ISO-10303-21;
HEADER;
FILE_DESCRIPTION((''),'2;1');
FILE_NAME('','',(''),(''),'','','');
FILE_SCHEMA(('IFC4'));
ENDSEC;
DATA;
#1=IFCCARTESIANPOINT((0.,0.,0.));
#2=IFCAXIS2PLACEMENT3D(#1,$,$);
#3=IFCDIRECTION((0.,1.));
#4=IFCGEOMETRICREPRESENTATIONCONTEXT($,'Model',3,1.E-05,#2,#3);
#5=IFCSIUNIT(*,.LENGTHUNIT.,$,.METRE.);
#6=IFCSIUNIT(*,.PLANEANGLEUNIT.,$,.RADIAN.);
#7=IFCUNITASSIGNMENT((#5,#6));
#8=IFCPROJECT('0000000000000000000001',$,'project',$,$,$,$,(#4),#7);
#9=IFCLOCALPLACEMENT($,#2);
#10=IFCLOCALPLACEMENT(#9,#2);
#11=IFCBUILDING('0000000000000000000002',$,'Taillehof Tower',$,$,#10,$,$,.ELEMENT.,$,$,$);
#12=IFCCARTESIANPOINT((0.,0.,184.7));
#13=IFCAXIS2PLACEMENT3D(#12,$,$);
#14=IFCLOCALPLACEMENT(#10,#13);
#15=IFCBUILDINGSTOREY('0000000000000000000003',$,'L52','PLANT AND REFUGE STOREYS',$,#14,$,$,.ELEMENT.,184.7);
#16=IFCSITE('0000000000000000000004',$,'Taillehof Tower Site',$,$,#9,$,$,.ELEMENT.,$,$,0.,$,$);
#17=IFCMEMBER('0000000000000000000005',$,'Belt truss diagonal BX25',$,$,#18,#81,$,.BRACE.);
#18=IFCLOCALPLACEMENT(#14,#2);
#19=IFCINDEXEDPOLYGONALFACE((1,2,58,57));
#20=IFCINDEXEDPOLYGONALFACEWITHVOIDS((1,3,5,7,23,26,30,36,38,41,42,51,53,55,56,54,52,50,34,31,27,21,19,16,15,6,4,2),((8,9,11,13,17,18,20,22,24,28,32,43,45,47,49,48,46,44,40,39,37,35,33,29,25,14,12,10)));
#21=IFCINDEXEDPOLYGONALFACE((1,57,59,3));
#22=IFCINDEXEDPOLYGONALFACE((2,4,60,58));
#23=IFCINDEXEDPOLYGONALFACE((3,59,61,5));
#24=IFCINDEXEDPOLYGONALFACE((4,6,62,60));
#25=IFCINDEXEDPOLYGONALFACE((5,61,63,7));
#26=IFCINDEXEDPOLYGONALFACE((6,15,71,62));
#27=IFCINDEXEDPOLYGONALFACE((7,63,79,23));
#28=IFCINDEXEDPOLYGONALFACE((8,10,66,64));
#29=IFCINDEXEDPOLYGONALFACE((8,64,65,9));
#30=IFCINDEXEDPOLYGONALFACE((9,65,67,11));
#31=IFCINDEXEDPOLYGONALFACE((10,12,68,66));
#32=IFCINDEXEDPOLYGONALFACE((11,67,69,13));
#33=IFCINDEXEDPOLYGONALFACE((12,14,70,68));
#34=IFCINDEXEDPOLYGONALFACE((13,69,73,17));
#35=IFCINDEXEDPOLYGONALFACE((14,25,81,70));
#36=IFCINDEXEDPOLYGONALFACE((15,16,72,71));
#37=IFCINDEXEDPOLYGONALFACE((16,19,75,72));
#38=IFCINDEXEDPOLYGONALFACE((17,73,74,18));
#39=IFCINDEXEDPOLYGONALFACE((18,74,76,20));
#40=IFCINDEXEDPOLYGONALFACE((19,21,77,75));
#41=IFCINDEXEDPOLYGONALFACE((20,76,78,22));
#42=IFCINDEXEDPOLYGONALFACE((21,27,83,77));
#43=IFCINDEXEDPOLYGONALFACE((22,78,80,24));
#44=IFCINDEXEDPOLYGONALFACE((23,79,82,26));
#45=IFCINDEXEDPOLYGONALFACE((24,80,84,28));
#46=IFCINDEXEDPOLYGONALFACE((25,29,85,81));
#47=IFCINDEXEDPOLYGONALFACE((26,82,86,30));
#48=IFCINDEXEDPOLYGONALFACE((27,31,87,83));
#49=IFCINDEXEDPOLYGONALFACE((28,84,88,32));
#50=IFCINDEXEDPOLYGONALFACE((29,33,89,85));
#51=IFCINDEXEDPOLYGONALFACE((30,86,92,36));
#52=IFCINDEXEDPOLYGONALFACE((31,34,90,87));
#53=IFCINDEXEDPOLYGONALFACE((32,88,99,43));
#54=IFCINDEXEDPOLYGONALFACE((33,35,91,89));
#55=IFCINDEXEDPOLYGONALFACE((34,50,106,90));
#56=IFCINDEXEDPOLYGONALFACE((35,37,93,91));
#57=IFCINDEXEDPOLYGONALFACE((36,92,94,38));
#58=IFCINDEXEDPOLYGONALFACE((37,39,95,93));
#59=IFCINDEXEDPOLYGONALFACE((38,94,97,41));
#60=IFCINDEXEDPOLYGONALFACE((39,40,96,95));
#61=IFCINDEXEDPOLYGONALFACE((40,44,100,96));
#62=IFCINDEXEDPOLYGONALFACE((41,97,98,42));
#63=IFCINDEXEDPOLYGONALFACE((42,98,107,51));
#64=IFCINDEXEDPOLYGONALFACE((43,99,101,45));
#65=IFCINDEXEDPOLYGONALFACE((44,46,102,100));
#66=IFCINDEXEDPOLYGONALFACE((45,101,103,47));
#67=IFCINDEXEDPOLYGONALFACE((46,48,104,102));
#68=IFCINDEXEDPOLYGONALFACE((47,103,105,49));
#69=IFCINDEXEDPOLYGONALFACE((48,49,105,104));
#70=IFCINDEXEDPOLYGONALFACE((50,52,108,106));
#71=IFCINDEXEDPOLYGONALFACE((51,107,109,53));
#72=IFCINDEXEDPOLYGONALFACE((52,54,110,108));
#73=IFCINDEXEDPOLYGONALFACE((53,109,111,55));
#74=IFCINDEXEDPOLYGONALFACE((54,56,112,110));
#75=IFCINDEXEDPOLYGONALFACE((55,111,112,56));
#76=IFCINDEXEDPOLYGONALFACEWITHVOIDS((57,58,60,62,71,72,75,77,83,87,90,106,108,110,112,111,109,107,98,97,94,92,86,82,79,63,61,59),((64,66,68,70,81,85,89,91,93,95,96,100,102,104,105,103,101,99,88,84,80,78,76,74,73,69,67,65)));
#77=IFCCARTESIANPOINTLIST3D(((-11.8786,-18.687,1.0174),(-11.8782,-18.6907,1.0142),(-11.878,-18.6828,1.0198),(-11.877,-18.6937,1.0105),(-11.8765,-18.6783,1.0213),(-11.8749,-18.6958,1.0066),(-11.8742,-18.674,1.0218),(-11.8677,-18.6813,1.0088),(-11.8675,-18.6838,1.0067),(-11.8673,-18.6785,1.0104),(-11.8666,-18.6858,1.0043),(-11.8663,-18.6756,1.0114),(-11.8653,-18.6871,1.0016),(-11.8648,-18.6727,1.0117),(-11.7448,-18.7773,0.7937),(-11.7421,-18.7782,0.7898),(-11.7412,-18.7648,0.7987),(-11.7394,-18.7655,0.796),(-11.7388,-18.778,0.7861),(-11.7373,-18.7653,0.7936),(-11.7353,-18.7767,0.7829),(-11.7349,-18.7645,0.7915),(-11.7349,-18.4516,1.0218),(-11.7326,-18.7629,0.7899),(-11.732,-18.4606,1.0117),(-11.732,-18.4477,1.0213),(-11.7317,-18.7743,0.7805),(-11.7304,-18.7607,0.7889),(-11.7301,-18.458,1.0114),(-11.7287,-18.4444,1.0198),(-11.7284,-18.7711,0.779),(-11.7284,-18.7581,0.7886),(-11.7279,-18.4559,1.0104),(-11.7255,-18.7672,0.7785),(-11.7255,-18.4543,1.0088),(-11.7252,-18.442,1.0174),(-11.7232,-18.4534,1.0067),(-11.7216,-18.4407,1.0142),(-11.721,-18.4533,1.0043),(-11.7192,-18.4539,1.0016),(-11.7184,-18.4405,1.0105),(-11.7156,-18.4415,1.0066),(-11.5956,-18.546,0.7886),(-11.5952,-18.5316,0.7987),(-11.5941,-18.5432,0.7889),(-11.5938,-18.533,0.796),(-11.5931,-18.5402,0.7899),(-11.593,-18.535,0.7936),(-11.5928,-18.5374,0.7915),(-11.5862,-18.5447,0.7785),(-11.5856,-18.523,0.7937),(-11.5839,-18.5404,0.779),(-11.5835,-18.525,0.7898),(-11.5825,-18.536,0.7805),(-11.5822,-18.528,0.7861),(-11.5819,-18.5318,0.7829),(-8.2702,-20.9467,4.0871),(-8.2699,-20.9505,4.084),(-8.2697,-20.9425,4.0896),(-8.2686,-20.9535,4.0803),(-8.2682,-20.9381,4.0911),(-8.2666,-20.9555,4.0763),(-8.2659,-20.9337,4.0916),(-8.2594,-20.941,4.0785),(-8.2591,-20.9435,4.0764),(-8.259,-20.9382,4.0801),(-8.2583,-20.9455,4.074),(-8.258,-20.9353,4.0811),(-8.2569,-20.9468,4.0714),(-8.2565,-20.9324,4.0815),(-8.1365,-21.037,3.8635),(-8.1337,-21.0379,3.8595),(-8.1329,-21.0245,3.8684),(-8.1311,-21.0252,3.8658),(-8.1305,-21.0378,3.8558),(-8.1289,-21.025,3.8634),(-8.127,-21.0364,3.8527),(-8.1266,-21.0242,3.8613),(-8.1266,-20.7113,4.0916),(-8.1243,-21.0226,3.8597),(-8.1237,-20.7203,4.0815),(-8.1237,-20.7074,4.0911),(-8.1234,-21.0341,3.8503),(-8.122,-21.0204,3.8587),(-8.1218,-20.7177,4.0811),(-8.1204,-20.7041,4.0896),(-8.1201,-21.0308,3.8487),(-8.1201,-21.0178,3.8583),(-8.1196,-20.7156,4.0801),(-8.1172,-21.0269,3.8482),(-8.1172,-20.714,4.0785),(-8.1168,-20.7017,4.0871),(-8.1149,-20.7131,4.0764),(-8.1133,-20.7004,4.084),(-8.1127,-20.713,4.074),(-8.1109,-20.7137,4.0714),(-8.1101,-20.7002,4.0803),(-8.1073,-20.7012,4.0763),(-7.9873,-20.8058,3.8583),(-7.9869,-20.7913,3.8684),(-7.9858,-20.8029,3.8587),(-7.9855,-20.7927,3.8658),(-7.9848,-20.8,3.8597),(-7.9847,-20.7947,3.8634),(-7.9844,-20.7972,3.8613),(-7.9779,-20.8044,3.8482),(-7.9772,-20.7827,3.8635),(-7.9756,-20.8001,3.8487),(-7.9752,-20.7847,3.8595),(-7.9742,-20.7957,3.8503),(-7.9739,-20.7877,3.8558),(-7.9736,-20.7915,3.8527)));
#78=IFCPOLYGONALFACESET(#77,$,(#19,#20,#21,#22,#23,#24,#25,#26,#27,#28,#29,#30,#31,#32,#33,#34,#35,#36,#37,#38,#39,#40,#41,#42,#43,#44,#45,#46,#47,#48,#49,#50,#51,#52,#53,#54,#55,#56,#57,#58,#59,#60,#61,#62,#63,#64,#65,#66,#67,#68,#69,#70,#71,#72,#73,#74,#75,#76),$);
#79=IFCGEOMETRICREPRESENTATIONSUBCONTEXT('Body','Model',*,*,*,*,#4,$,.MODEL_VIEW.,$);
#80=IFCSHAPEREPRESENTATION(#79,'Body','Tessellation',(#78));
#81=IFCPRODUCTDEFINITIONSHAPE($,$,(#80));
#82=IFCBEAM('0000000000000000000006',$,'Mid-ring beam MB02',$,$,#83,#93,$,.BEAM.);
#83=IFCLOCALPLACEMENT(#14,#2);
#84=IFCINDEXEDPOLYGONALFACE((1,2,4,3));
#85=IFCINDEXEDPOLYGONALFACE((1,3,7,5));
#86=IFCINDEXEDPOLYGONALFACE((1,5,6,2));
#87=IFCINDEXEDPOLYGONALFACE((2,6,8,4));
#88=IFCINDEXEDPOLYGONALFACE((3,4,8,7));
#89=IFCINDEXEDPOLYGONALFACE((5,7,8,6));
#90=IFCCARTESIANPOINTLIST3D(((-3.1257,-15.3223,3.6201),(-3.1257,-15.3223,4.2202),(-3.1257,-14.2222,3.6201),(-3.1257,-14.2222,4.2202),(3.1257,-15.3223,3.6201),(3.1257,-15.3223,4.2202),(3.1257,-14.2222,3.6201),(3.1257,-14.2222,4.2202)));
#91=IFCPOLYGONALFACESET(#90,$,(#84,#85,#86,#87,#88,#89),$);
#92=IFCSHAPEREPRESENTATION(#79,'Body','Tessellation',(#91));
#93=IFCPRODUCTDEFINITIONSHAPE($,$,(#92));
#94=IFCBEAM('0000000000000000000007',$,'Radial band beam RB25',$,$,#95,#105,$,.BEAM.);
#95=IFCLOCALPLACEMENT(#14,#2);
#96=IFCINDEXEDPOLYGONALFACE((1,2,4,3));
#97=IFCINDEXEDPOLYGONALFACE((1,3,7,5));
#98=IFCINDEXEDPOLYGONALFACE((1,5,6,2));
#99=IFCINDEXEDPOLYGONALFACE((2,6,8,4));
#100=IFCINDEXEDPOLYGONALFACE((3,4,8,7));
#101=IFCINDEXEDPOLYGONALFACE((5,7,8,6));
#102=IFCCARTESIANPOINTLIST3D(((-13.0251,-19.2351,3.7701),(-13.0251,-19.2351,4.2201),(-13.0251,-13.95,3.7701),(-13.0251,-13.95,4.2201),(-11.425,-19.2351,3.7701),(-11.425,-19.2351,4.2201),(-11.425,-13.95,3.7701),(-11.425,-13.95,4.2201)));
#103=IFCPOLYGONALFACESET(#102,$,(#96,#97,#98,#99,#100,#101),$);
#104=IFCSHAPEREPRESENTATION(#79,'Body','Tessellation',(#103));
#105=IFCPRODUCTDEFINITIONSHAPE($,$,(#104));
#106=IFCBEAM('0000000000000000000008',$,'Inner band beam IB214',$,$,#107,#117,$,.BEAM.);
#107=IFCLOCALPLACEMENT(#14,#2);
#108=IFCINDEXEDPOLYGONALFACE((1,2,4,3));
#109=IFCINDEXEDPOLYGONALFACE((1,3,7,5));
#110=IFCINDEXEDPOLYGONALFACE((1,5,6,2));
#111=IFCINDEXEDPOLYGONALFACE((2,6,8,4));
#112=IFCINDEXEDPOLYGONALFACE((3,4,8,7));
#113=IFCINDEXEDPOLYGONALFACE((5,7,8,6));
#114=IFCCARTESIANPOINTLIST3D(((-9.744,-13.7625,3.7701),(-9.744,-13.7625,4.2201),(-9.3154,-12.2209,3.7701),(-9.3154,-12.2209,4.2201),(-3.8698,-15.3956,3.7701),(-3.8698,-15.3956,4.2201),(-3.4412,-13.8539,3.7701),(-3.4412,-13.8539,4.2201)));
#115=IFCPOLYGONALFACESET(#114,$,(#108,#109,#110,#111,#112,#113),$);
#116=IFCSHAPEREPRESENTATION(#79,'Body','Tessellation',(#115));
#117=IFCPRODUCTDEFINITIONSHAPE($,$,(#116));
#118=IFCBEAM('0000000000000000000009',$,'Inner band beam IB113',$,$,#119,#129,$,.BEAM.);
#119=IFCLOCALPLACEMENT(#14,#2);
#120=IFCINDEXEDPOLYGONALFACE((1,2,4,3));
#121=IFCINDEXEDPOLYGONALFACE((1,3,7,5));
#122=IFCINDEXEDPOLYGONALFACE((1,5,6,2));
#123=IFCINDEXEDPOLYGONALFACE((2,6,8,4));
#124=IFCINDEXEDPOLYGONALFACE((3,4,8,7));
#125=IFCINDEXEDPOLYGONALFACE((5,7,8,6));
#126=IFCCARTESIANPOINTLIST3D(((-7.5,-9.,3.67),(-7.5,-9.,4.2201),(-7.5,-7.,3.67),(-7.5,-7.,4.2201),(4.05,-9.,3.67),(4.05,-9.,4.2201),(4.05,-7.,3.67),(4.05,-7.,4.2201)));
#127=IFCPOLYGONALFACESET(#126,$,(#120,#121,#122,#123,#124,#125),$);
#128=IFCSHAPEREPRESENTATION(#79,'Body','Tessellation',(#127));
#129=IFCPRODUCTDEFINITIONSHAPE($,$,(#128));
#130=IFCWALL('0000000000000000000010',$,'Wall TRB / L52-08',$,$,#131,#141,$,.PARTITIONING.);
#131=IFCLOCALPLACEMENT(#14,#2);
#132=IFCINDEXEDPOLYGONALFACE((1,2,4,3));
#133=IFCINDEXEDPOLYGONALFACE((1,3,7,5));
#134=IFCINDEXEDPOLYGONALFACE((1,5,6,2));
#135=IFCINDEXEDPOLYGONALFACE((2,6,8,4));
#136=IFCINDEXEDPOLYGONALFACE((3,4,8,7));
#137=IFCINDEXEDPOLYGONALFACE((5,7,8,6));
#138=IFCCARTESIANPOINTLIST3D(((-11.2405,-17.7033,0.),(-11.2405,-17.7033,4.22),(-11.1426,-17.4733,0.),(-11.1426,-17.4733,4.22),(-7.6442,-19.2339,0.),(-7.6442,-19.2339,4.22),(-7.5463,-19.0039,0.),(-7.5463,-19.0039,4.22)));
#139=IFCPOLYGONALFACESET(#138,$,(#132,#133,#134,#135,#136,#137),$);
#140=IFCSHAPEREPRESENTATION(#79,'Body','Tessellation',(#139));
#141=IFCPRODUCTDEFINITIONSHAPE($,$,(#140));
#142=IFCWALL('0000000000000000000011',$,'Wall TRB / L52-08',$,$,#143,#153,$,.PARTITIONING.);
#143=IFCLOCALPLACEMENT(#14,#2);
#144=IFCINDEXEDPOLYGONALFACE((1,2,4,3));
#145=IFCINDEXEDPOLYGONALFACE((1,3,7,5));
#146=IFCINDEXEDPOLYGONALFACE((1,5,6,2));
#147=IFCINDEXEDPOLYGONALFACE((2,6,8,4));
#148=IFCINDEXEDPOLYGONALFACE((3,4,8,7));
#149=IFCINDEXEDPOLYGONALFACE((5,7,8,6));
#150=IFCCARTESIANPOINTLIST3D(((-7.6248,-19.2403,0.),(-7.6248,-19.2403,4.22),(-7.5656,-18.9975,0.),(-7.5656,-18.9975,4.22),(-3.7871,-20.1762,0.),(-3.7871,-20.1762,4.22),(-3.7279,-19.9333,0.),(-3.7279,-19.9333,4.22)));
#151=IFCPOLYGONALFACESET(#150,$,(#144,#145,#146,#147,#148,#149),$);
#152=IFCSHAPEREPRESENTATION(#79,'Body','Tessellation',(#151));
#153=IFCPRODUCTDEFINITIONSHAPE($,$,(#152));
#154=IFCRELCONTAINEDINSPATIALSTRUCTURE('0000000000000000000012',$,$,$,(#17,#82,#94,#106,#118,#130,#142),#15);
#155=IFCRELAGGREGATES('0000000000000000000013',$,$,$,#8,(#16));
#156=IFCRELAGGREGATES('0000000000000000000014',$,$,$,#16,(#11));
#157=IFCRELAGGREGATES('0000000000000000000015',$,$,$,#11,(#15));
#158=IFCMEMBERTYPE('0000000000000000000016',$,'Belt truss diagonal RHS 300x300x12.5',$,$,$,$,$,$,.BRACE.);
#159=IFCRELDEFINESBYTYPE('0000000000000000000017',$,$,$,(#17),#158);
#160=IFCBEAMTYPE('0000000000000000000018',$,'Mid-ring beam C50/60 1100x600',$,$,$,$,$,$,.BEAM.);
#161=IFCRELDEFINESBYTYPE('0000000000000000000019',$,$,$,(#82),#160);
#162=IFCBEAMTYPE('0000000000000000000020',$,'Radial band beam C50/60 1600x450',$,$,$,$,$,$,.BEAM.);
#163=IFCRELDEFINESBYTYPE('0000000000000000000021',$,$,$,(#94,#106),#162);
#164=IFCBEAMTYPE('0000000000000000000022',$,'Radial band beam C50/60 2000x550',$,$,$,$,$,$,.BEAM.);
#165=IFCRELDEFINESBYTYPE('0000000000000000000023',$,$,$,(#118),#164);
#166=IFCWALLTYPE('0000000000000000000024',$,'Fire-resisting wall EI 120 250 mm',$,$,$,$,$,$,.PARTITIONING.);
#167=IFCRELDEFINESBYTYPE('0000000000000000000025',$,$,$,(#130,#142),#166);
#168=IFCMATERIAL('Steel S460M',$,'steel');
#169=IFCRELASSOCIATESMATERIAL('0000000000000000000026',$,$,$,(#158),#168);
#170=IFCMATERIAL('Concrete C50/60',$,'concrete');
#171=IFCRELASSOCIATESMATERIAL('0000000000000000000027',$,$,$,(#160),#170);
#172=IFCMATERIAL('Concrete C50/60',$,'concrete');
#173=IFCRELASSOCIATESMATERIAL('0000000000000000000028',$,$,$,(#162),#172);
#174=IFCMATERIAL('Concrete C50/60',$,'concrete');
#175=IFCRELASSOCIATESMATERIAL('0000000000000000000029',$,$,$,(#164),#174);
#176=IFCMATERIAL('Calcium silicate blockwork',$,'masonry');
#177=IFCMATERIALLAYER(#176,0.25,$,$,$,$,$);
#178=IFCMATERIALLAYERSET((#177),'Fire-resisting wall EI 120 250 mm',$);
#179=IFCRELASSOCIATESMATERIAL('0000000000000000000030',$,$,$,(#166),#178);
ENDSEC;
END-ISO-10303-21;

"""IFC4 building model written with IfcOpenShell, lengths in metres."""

from ifc_helpers import new_model, si_unit, direction, frame, frame_2d, origin, origin_2d, place, context, subcontext, project, spatial, rectangle, hollow_rectangle, extrude, material, layer, layer_set, material_profile, profile_set, type_object, element, save


model = new_model("IFC4")

# Units and contexts
model_context = context("Model", 3, precision=1e-05, world=origin(), true_north=direction((0.0, 1.0)))
body_context = subcontext(model_context, "Body", "Model", "MODEL_VIEW")
ifc_project = project(units=[si_unit("LENGTHUNIT", "METRE"), si_unit("PLANEANGLEUNIT", "RADIAN")], contexts=[model_context])

# Site, building, storey
site_placement = place(None, origin())
site = spatial("IfcSite", under=ifc_project, at=site_placement, Name="Taillehof Tower Site", CompositionType="ELEMENT", RefElevation=0.0)
building_placement = place(site_placement, origin())
building = spatial("IfcBuilding", under=site, at=building_placement, Name="Taillehof Tower", CompositionType="ELEMENT")
storey_placement = place(building_placement, frame((0.0, 0.0, 184.7)))
storey = spatial("IfcBuildingStorey", under=building, at=storey_placement, Name="L52", Description="PLANT AND REFUGE STOREYS", CompositionType="ELEMENT", Elevation=184.7)

# Member
ifc_material_1 = material(Name="Steel S460M", Category="steel")
ifc_material_profile_1 = material_profile(ifc_material_1, hollow_rectangle(XDim=0.3, YDim=0.3, WallThickness=0.0125, InnerFilletRadius=0.0125, OuterFilletRadius=0.0188, at=origin_2d()), Name="RHS 300x300x12.5")
ifc_profile_set_1 = profile_set([ifc_material_profile_1], Name="Steel S460M")
member_type_1 = type_object("IfcMemberType", Name="Belt truss diagonal RHS 300x300x12.5", PredefinedType="BRACE", material=ifc_profile_set_1)
member_1_placement = place(storey_placement, frame((-11.7302, -18.6094, 0.9001), z_axis=(0.687459, -0.430522, 0.584851), x_axis=(0.530762, 0.847521, 0.0)))
element("IfcMember", 1, at=member_1_placement, inside=storey, type_object=member_type_1, Name="Belt truss diagonal BX25", PredefinedType="BRACE", context=body_context, shape_type="SweptSolid", body=[
    extrude(hollow_rectangle(XDim=0.3, YDim=0.3, WallThickness=0.0125, InnerFilletRadius=0.0125, OuterFilletRadius=0.0188, at=origin_2d()), origin(), (0.0, 0.0, 1.0), 5.2488),
])

# Beams
ifc_material_2 = material(Name="Concrete C50/60", Category="concrete")
ifc_material_profile_2 = material_profile(ifc_material_2, rectangle(XDim=1.1001, YDim=0.6001, at=origin_2d()), Name="RC 1100x600")
ifc_profile_set_2 = profile_set([ifc_material_profile_2], Name="Concrete C50/60")
beam_type_1 = type_object("IfcBeamType", Name="Mid-ring beam C50/60 1100x600", PredefinedType="BEAM", material=ifc_profile_set_2)
beam_1_placement = place(storey_placement, frame((-3.1257, -14.7722, 3.9202), z_axis=(1.0, 0.0, 0.0), x_axis=(0.0, 1.0, 0.0)))
element("IfcBeam", 2, at=beam_1_placement, inside=storey, type_object=beam_type_1, Name="Mid-ring beam MB02", PredefinedType="BEAM", context=body_context, shape_type="SweptSolid", body=[
    extrude(rectangle(XDim=1.1001, YDim=0.6001, at=origin_2d()), origin(), (0.0, 0.0, 1.0), 6.2515),
])
ifc_material_3 = material(Name="Concrete C50/60", Category="concrete")
ifc_material_profile_3 = material_profile(ifc_material_3, rectangle(XDim=1.6001, YDim=0.45, at=origin_2d()), Name="RC 1600x450")
ifc_profile_set_3 = profile_set([ifc_material_profile_3], Name="Concrete C50/60")
beam_type_2 = type_object("IfcBeamType", Name="Radial band beam C50/60 1600x450", PredefinedType="BEAM", material=ifc_profile_set_3)
beam_2_placement = place(storey_placement, frame((-12.2251, -19.2351, 3.9951), z_axis=(0.0, 1.0, 0.0), x_axis=(-1.0, 0.0, 0.0)))
element("IfcBeam", 3, at=beam_2_placement, inside=storey, type_object=beam_type_2, Name="Radial band beam RB25", PredefinedType="BEAM", context=body_context, shape_type="SweptSolid", body=[
    extrude(rectangle(XDim=1.6001, YDim=0.45, at=origin_2d()), origin(), (0.0, 0.0, 1.0), 5.2852),
])
beam_3_placement = place(storey_placement, frame((-3.6555, -14.6248, 3.9951), z_axis=(-0.963459, 0.267855, 0.0), x_axis=(-0.267855, -0.963459, 0.0)))
element("IfcBeam", 4, at=beam_3_placement, inside=storey, type_object=beam_type_2, Name="Inner band beam IB214", PredefinedType="BEAM", context=body_context, shape_type="SweptSolid", body=[
    extrude(rectangle(XDim=1.6001, YDim=0.45, at=origin_2d()), origin(), (0.0, 0.0, 1.0), 6.0969),
])
ifc_material_4 = material(Name="Concrete C50/60", Category="concrete")
ifc_material_profile_4 = material_profile(ifc_material_4, rectangle(XDim=2.0, YDim=0.55, at=origin_2d()), Name="RC 2000x550")
ifc_profile_set_4 = profile_set([ifc_material_profile_4], Name="Concrete C50/60")
beam_type_3 = type_object("IfcBeamType", Name="Radial band beam C50/60 2000x550", PredefinedType="BEAM", material=ifc_profile_set_4)
beam_4_placement = place(storey_placement, frame((-7.5, -8.0, 3.9451), z_axis=(1.0, 0.0, 0.0), x_axis=(0.0, 1.0, 0.0)))
element("IfcBeam", 5, at=beam_4_placement, inside=storey, type_object=beam_type_3, Name="Inner band beam IB113", PredefinedType="BEAM", context=body_context, shape_type="SweptSolid", body=[
    extrude(rectangle(XDim=2.0, YDim=0.55, at=origin_2d()), origin(), (0.0, 0.0, 1.0), 11.55),
])

# Walls
ifc_material_5 = material(Name="Calcium silicate blockwork", Category="masonry")
ifc_layer_1 = layer(ifc_material_5, 0.25)
ifc_layer_set_1 = layer_set([ifc_layer_1], Name="Fire-resisting wall EI 120 250 mm")
wall_type_1 = type_object("IfcWallType", Name="Fire-resisting wall EI 120 250 mm", PredefinedType="PARTITIONING", material=ifc_layer_set_1)
wall_1_placement = place(storey_placement, frame((-11.1914, -17.5884, 0.0), z_axis=(0.0, 0.0, 1.0), x_axis=(0.920134, -0.391604, 0.0)))
element("IfcWall", 6, at=wall_1_placement, inside=storey, type_object=wall_type_1, Name="Wall TRB / L52-08", PredefinedType="PARTITIONING", context=body_context, shape_type="SweptSolid", body=[
    extrude(rectangle(XDim=3.9084, YDim=0.25, at=frame_2d((1.9541, 0.0))), origin(), (0.0, 0.0, 1.0), 4.22),
])
wall_2_placement = place(storey_placement, frame((-7.5952, -19.1189, 0.0), z_axis=(0.0, 0.0, 1.0), x_axis=(0.971533, -0.236904, 0.0)))
element("IfcWall", 7, at=wall_2_placement, inside=storey, type_object=wall_type_1, Name="Wall TRB / L52-08", PredefinedType="PARTITIONING", context=body_context, shape_type="SweptSolid", body=[
    extrude(rectangle(XDim=3.9502, YDim=0.25, at=frame_2d((1.9751, 0.0))), origin(), (0.0, 0.0, 1.0), 4.22),
])

save(model, "model.ifc")
